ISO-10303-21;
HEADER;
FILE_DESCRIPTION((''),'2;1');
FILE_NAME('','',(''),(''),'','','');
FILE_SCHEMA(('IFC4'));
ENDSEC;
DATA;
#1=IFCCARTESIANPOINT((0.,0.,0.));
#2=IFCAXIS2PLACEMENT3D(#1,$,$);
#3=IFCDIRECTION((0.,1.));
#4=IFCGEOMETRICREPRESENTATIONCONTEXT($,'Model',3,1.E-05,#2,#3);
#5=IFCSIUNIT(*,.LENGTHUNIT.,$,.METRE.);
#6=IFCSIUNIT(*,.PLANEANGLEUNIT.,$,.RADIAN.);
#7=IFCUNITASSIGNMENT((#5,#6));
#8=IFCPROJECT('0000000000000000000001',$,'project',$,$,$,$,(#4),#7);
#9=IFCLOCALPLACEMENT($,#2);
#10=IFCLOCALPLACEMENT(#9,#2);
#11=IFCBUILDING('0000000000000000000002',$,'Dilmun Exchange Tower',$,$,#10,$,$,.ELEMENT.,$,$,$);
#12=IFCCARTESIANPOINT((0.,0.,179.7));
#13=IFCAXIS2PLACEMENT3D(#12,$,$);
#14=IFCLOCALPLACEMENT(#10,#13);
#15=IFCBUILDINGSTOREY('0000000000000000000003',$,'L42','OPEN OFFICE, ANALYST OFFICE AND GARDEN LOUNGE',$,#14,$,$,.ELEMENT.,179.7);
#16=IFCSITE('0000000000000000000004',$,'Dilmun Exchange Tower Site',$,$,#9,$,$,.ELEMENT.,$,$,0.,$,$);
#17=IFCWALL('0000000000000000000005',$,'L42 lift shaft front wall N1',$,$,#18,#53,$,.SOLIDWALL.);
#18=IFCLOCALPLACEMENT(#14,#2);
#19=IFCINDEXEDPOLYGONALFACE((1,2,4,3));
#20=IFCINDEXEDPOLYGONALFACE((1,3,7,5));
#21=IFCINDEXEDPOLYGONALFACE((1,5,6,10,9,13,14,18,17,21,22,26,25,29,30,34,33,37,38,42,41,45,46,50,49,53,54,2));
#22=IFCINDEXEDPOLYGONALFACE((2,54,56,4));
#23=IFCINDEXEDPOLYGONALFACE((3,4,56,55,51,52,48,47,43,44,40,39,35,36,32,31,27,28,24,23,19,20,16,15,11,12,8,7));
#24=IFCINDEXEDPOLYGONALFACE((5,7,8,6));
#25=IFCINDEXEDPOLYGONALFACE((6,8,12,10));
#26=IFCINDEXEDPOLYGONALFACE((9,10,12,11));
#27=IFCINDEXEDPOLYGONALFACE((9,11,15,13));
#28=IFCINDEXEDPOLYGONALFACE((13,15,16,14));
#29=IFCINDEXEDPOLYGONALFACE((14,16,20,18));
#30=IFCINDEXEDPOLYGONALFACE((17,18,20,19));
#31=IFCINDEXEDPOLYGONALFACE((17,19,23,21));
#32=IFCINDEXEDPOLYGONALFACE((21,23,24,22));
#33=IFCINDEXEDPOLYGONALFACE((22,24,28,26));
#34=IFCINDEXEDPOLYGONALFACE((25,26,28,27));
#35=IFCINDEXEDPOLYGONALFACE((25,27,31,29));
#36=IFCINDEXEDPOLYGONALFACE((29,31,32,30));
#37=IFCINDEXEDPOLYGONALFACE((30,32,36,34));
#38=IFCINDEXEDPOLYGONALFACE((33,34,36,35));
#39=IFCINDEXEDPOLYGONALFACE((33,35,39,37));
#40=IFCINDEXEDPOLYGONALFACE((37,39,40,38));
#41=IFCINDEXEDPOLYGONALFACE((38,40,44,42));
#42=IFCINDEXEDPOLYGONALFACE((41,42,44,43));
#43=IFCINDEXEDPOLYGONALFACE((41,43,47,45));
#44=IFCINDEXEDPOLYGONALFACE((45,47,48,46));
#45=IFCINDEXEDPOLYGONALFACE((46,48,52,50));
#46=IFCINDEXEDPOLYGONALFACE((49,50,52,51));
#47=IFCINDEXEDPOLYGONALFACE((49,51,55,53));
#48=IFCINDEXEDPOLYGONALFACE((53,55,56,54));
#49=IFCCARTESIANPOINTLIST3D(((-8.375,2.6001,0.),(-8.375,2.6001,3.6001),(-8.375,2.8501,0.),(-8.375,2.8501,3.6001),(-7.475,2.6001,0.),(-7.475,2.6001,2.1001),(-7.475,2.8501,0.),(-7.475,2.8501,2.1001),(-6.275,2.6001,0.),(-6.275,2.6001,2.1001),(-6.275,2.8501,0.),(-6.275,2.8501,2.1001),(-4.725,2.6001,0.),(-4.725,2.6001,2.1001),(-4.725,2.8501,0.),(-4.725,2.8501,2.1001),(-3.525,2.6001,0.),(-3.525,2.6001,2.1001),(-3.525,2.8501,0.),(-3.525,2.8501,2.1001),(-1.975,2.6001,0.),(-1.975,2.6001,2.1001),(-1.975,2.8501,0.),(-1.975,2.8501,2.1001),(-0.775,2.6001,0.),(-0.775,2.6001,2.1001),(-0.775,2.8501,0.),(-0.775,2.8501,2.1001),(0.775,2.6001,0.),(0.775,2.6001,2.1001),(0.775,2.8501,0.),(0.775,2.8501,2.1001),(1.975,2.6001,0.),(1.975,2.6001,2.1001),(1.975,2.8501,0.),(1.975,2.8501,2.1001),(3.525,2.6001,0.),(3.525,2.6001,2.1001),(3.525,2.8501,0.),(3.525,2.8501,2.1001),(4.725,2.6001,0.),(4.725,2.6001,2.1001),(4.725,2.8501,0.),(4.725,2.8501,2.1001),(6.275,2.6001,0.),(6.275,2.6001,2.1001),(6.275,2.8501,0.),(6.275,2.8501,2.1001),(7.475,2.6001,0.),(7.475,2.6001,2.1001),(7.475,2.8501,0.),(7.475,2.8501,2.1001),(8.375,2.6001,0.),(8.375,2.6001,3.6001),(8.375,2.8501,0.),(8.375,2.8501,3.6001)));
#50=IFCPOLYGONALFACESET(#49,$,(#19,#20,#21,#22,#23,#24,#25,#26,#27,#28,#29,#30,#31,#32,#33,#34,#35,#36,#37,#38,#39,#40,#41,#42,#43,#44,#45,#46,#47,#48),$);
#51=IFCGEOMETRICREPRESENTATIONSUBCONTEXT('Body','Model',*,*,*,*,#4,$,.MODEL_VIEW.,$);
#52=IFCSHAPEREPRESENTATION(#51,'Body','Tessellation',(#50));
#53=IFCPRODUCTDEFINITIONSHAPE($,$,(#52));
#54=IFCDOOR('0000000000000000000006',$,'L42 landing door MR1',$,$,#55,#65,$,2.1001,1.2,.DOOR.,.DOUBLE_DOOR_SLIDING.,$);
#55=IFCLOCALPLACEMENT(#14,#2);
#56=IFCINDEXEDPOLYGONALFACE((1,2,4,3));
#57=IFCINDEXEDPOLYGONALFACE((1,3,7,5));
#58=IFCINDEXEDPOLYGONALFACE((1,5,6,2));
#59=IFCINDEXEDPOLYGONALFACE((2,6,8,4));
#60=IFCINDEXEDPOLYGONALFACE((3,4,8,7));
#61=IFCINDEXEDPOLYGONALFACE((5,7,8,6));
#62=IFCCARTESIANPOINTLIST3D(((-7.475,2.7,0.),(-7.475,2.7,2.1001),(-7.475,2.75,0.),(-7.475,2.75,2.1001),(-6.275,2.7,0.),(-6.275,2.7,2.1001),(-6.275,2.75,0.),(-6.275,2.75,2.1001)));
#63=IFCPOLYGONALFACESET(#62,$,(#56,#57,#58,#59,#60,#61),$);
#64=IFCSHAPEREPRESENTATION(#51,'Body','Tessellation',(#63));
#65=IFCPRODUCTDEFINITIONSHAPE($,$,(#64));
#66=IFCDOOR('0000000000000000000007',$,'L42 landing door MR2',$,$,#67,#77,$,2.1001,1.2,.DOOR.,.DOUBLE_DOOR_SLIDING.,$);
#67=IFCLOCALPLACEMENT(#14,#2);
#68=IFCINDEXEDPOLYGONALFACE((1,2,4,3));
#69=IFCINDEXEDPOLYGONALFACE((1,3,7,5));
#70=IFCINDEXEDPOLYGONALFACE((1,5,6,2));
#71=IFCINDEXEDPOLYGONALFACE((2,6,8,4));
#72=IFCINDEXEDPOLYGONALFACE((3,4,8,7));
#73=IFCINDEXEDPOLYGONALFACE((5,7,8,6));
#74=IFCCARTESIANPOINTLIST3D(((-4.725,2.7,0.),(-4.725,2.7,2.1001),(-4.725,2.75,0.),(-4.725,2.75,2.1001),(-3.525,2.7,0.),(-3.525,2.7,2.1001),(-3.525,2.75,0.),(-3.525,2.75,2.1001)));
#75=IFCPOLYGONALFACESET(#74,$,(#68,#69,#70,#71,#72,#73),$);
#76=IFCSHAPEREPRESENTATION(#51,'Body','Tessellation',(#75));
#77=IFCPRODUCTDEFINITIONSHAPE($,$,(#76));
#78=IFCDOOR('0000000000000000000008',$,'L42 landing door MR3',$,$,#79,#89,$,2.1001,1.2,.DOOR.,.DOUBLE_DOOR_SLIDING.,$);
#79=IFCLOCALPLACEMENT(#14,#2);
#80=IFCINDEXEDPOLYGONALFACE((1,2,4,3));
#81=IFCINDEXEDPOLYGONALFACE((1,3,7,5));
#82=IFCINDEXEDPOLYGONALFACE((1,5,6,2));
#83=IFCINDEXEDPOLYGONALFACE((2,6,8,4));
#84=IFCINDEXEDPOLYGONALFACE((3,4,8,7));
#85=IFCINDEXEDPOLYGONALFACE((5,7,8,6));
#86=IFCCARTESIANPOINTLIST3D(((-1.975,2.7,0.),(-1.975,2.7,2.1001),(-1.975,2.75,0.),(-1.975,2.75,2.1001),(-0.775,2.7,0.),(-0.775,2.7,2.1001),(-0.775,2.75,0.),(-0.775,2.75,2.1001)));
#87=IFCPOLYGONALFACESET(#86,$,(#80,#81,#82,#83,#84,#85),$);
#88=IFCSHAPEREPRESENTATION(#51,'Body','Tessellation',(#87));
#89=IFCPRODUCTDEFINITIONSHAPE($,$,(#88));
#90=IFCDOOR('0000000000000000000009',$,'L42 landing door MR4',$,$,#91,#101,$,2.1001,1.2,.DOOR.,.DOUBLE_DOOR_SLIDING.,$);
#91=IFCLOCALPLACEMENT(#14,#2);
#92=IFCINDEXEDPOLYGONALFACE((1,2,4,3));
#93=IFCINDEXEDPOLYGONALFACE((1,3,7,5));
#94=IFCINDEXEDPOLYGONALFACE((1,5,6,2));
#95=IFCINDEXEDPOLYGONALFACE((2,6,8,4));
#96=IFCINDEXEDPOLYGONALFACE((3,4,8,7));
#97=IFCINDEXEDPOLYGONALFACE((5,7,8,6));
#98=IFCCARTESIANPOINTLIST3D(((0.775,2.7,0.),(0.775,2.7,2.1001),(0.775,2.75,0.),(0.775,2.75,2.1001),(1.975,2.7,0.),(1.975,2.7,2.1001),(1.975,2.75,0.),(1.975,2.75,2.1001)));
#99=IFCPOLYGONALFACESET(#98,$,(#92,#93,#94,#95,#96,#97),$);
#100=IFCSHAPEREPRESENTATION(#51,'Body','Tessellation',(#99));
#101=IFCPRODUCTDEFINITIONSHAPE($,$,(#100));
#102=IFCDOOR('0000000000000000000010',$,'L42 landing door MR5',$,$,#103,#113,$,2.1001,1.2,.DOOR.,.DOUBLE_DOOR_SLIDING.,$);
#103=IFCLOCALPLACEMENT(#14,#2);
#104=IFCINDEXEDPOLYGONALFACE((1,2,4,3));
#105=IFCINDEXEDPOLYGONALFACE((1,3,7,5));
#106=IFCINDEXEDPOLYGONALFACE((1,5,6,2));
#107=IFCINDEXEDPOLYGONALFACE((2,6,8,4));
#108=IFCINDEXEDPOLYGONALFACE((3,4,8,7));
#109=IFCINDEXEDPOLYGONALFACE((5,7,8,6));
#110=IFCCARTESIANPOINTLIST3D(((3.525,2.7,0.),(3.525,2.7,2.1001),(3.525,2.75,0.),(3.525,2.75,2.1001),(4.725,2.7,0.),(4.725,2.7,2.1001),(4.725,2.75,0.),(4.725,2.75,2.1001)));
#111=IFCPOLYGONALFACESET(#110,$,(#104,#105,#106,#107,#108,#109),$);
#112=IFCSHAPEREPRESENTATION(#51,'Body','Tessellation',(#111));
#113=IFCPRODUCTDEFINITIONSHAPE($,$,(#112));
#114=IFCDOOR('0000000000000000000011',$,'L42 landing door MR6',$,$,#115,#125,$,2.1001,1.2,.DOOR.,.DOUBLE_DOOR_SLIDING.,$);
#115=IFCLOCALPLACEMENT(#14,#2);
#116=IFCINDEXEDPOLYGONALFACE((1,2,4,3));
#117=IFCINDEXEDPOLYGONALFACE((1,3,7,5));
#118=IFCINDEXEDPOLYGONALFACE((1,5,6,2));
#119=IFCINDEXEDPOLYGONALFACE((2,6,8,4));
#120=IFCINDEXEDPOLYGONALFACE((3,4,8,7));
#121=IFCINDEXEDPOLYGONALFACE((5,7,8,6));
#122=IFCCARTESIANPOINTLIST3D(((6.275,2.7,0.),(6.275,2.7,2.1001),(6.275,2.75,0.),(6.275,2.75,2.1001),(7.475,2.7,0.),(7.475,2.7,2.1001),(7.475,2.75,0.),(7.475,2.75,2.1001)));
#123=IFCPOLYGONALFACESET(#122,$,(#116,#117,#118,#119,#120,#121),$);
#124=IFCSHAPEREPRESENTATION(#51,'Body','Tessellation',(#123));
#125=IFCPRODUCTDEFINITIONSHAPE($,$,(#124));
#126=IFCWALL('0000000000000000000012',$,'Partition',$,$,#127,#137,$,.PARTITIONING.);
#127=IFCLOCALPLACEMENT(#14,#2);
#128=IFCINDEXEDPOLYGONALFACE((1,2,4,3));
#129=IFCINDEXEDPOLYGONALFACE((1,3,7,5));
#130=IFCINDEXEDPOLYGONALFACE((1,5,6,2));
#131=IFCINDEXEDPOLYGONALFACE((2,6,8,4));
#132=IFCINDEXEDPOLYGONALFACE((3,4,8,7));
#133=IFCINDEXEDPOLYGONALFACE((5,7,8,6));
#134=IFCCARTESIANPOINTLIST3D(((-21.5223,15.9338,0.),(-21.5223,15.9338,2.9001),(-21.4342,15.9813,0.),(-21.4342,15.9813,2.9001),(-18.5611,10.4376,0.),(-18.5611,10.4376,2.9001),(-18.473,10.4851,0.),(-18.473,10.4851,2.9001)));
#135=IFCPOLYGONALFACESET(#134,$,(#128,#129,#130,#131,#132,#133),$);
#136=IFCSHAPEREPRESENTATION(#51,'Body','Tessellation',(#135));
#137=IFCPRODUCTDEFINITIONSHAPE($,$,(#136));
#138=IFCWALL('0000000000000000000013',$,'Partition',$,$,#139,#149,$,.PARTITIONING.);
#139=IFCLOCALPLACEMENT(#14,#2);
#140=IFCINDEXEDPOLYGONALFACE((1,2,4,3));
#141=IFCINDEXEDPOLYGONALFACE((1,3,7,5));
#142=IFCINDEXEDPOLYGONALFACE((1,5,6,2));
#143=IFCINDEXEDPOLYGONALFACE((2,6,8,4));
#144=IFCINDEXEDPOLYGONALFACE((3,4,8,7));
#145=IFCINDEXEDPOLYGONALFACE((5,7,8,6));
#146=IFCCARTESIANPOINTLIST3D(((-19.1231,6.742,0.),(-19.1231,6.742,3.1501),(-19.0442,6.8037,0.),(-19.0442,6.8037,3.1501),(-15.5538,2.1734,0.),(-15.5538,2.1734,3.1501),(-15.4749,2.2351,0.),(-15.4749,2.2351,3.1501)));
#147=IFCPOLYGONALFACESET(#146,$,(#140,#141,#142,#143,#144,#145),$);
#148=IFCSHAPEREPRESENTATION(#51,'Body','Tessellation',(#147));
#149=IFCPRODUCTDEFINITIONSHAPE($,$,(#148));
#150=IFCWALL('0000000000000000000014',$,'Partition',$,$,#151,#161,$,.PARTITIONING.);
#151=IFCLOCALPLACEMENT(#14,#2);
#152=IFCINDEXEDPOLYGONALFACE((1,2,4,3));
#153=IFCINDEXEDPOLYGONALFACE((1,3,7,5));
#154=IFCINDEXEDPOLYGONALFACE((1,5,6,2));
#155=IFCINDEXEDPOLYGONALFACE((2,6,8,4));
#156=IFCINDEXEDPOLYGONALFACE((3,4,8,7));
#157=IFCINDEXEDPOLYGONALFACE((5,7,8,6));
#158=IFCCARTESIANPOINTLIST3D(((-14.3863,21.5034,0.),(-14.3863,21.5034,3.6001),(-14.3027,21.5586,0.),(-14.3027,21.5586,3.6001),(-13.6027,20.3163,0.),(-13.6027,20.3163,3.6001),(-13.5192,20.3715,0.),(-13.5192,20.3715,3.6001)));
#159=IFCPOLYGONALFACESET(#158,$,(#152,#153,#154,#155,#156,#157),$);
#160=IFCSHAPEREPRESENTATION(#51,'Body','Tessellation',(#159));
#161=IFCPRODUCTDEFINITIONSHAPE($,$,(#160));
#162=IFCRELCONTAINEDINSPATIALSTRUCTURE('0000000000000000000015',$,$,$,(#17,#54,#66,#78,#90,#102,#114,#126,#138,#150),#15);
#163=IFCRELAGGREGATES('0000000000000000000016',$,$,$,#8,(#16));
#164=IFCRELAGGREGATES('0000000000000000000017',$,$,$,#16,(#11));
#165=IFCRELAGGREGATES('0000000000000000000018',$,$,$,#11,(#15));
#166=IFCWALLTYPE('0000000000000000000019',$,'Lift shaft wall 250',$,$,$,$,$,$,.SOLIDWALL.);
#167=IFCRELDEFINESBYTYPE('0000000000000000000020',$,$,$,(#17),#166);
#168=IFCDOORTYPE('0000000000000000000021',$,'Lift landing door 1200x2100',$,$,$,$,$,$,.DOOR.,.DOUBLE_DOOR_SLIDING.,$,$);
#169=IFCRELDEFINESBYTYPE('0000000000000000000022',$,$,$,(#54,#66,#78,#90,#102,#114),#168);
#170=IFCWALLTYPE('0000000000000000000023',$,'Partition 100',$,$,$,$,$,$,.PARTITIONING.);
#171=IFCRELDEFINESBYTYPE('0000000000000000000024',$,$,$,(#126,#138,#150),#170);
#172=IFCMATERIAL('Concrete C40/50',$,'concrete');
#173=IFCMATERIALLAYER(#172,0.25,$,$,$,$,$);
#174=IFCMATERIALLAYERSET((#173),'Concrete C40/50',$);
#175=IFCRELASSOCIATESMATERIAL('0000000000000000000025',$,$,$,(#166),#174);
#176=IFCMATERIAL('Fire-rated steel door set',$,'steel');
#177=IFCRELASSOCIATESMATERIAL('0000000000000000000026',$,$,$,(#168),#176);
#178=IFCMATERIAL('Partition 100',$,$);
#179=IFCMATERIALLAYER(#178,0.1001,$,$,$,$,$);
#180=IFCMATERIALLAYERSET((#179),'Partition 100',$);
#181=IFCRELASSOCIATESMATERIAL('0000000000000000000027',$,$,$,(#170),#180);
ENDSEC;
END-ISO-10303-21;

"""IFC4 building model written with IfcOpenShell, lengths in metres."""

from ifc_helpers import new_model, si_unit, direction, frame, frame_2d, origin, place, context, subcontext, project, spatial, rectangle, extrude, material, layer, layer_set, type_object, element, fill, save


model = new_model("IFC4")

# Units and contexts
model_context = context("Model", 3, precision=1e-05, world=origin(), true_north=direction((0.0, 1.0)))
body_context = subcontext(model_context, "Body", "Model", "MODEL_VIEW")
ifc_project = project(units=[si_unit("LENGTHUNIT", "METRE"), si_unit("PLANEANGLEUNIT", "RADIAN")], contexts=[model_context])

# Site, building, storey
site_placement = place(None, origin())
site = spatial("IfcSite", under=ifc_project, at=site_placement, Name="Dilmun Exchange Tower Site", CompositionType="ELEMENT", RefElevation=0.0)
building_placement = place(site_placement, origin())
building = spatial("IfcBuilding", under=site, at=building_placement, Name="Dilmun Exchange Tower", CompositionType="ELEMENT")
storey_placement = place(building_placement, frame((0.0, 0.0, 179.7)))
storey = spatial("IfcBuildingStorey", under=building, at=storey_placement, Name="L42", Description="OPEN OFFICE, ANALYST OFFICE AND GARDEN LOUNGE", CompositionType="ELEMENT", Elevation=179.7)

# Shared definitions
ifc_material_1 = material(Name="Concrete C40/50", Category="concrete")

# Shared definitions
ifc_material_2 = material(Name="Fire-rated steel door set", Category="steel")

# Wall, openings, doors
ifc_layer_1 = layer(ifc_material_1, 0.25)
ifc_layer_set_1 = layer_set([ifc_layer_1], Name="Concrete C40/50")
wall_type_1 = type_object("IfcWallType", Name="Lift shaft wall 250", PredefinedType="SOLIDWALL", material=ifc_layer_set_1)
wall_1_placement = place(storey_placement, frame((-8.375, 2.7251, 0.0), z_axis=(0.0, 0.0, 1.0), x_axis=(1.0, 0.0, 0.0)))
wall_1 = element("IfcWall", 1, at=wall_1_placement, inside=storey, type_object=wall_type_1, Name="L42 lift shaft front wall N1", PredefinedType="SOLIDWALL", context=body_context, shape_type="SweptSolid", body=[
    extrude(rectangle(XDim=16.75, YDim=0.25, at=frame_2d((8.375, 0.0))), origin(), (0.0, 0.0, 1.0), 3.6001),
])
opening_1_placement = place(wall_1_placement, frame((0.8999, 0.0, 0.0)))
opening_1 = element("IfcOpeningElement", 2, at=opening_1_placement, cuts=wall_1, PredefinedType="OPENING", context=body_context, shape_type="SweptSolid", body=[
    extrude(rectangle(XDim=1.2, YDim=2.1001, at=frame_2d((0.6001, 1.05))), frame((0.0, 0.135, 0.0), z_axis=(0.0, -1.0, 0.0), x_axis=(1.0, 0.0, 0.0)), (0.0, 0.0, 1.0), 0.27),
])
opening_2_placement = place(wall_1_placement, frame((3.6499, 0.0, 0.0)))
opening_2 = element("IfcOpeningElement", 3, at=opening_2_placement, cuts=wall_1, PredefinedType="OPENING", context=body_context, shape_type="SweptSolid", body=[
    extrude(rectangle(XDim=1.2, YDim=2.1001, at=frame_2d((0.6001, 1.05))), frame((0.0, 0.135, 0.0), z_axis=(0.0, -1.0, 0.0), x_axis=(1.0, 0.0, 0.0)), (0.0, 0.0, 1.0), 0.27),
])
opening_3_placement = place(wall_1_placement, frame((6.3999, 0.0, 0.0)))
opening_3 = element("IfcOpeningElement", 4, at=opening_3_placement, cuts=wall_1, PredefinedType="OPENING", context=body_context, shape_type="SweptSolid", body=[
    extrude(rectangle(XDim=1.2, YDim=2.1001, at=frame_2d((0.6001, 1.05))), frame((0.0, 0.135, 0.0), z_axis=(0.0, -1.0, 0.0), x_axis=(1.0, 0.0, 0.0)), (0.0, 0.0, 1.0), 0.27),
])
opening_4_placement = place(wall_1_placement, frame((9.1499, 0.0, 0.0)))
opening_4 = element("IfcOpeningElement", 5, at=opening_4_placement, cuts=wall_1, PredefinedType="OPENING", context=body_context, shape_type="SweptSolid", body=[
    extrude(rectangle(XDim=1.2, YDim=2.1001, at=frame_2d((0.6001, 1.05))), frame((0.0, 0.135, 0.0), z_axis=(0.0, -1.0, 0.0), x_axis=(1.0, 0.0, 0.0)), (0.0, 0.0, 1.0), 0.27),
])
opening_5_placement = place(wall_1_placement, frame((11.8999, 0.0, 0.0)))
opening_5 = element("IfcOpeningElement", 6, at=opening_5_placement, cuts=wall_1, PredefinedType="OPENING", context=body_context, shape_type="SweptSolid", body=[
    extrude(rectangle(XDim=1.2, YDim=2.1001, at=frame_2d((0.6001, 1.05))), frame((0.0, 0.135, 0.0), z_axis=(0.0, -1.0, 0.0), x_axis=(1.0, 0.0, 0.0)), (0.0, 0.0, 1.0), 0.27),
])
opening_6_placement = place(wall_1_placement, frame((14.6499, 0.0, 0.0)))
opening_6 = element("IfcOpeningElement", 7, at=opening_6_placement, cuts=wall_1, PredefinedType="OPENING", context=body_context, shape_type="SweptSolid", body=[
    extrude(rectangle(XDim=1.2, YDim=2.1001, at=frame_2d((0.6001, 1.05))), frame((0.0, 0.135, 0.0), z_axis=(0.0, -1.0, 0.0), x_axis=(1.0, 0.0, 0.0)), (0.0, 0.0, 1.0), 0.27),
])
door_type_1 = type_object("IfcDoorType", Name="Lift landing door 1200x2100", OperationType="DOUBLE_DOOR_SLIDING", PredefinedType="DOOR", material=ifc_material_2)
door_1_placement = place(opening_1_placement, origin())
door_1 = element("IfcDoor", 8, at=door_1_placement, inside=storey, type_object=door_type_1, Name="L42 landing door MR1", OperationType="DOUBLE_DOOR_SLIDING", OverallHeight=2.1001, OverallWidth=1.2, PredefinedType="DOOR", context=body_context, shape_type="SweptSolid", body=[
    extrude(rectangle(XDim=1.2, YDim=2.1001, at=frame_2d((0.6001, 1.05))), frame((0.0, 0.0249, 0.0), z_axis=(0.0, -1.0, 0.0), x_axis=(1.0, 0.0, 0.0)), (0.0, 0.0, 1.0), 0.05),
])
fill(opening_1, door_1)
door_2_placement = place(opening_2_placement, origin())
door_2 = element("IfcDoor", 9, at=door_2_placement, inside=storey, type_object=door_type_1, Name="L42 landing door MR2", OperationType="DOUBLE_DOOR_SLIDING", OverallHeight=2.1001, OverallWidth=1.2, PredefinedType="DOOR", context=body_context, shape_type="SweptSolid", body=[
    extrude(rectangle(XDim=1.2, YDim=2.1001, at=frame_2d((0.6001, 1.05))), frame((0.0, 0.0249, 0.0), z_axis=(0.0, -1.0, 0.0), x_axis=(1.0, 0.0, 0.0)), (0.0, 0.0, 1.0), 0.05),
])
fill(opening_2, door_2)
door_3_placement = place(opening_3_placement, origin())
door_3 = element("IfcDoor", 10, at=door_3_placement, inside=storey, type_object=door_type_1, Name="L42 landing door MR3", OperationType="DOUBLE_DOOR_SLIDING", OverallHeight=2.1001, OverallWidth=1.2, PredefinedType="DOOR", context=body_context, shape_type="SweptSolid", body=[
    extrude(rectangle(XDim=1.2, YDim=2.1001, at=frame_2d((0.6001, 1.05))), frame((0.0, 0.0249, 0.0), z_axis=(0.0, -1.0, 0.0), x_axis=(1.0, 0.0, 0.0)), (0.0, 0.0, 1.0), 0.05),
])
fill(opening_3, door_3)
door_4_placement = place(opening_4_placement, origin())
door_4 = element("IfcDoor", 11, at=door_4_placement, inside=storey, type_object=door_type_1, Name="L42 landing door MR4", OperationType="DOUBLE_DOOR_SLIDING", OverallHeight=2.1001, OverallWidth=1.2, PredefinedType="DOOR", context=body_context, shape_type="SweptSolid", body=[
    extrude(rectangle(XDim=1.2, YDim=2.1001, at=frame_2d((0.6001, 1.05))), frame((0.0, 0.0249, 0.0), z_axis=(0.0, -1.0, 0.0), x_axis=(1.0, 0.0, 0.0)), (0.0, 0.0, 1.0), 0.05),
])
fill(opening_4, door_4)
door_5_placement = place(opening_5_placement, origin())
door_5 = element("IfcDoor", 12, at=door_5_placement, inside=storey, type_object=door_type_1, Name="L42 landing door MR5", OperationType="DOUBLE_DOOR_SLIDING", OverallHeight=2.1001, OverallWidth=1.2, PredefinedType="DOOR", context=body_context, shape_type="SweptSolid", body=[
    extrude(rectangle(XDim=1.2, YDim=2.1001, at=frame_2d((0.6001, 1.05))), frame((0.0, 0.0249, 0.0), z_axis=(0.0, -1.0, 0.0), x_axis=(1.0, 0.0, 0.0)), (0.0, 0.0, 1.0), 0.05),
])
fill(opening_5, door_5)
door_6_placement = place(opening_6_placement, origin())
door_6 = element("IfcDoor", 13, at=door_6_placement, inside=storey, type_object=door_type_1, Name="L42 landing door MR6", OperationType="DOUBLE_DOOR_SLIDING", OverallHeight=2.1001, OverallWidth=1.2, PredefinedType="DOOR", context=body_context, shape_type="SweptSolid", body=[
    extrude(rectangle(XDim=1.2, YDim=2.1001, at=frame_2d((0.6001, 1.05))), frame((0.0, 0.0249, 0.0), z_axis=(0.0, -1.0, 0.0), x_axis=(1.0, 0.0, 0.0)), (0.0, 0.0, 1.0), 0.05),
])
fill(opening_6, door_6)

# Walls
ifc_material_3 = material(Name="Partition 100")
ifc_layer_2 = layer(ifc_material_3, 0.1001)
ifc_layer_set_2 = layer_set([ifc_layer_2], Name="Partition 100")
wall_type_2 = type_object("IfcWallType", Name="Partition 100", PredefinedType="PARTITIONING", material=ifc_layer_set_2)
wall_2_placement = place(storey_placement, frame((-21.4783, 15.9575, 0.0), z_axis=(0.0, 0.0, 1.0), x_axis=(0.474317, -0.880354, 0.0)))
element("IfcWall", 14, at=wall_2_placement, inside=storey, type_object=wall_type_2, Name="Partition", PredefinedType="PARTITIONING", context=body_context, shape_type="SweptSolid", body=[
    extrude(rectangle(XDim=6.2432, YDim=0.1001, at=frame_2d((3.1216, 0.0))), origin(), (0.0, 0.0, 1.0), 2.9001),
])
wall_3_placement = place(storey_placement, frame((-19.0837, 6.7729, 0.0), z_axis=(0.0, 0.0, 1.0), x_axis=(0.615656, -0.788015, 0.0)))
element("IfcWall", 15, at=wall_3_placement, inside=storey, type_object=wall_type_2, Name="Partition", PredefinedType="PARTITIONING", context=body_context, shape_type="SweptSolid", body=[
    extrude(rectangle(XDim=5.7976, YDim=0.1001, at=frame_2d((2.8989, 0.0))), origin(), (0.0, 0.0, 1.0), 3.1501),
])
wall_4_placement = place(storey_placement, frame((-14.3445, 21.531, 0.0), z_axis=(0.0, 0.0, 1.0), x_axis=(0.550852, -0.834603, 0.0)))
element("IfcWall", 16, at=wall_4_placement, inside=storey, type_object=wall_type_2, Name="Partition", PredefinedType="PARTITIONING", context=body_context, shape_type="SweptSolid", body=[
    extrude(rectangle(XDim=1.4224, YDim=0.1001, at=frame_2d((0.7112, 0.0))), origin(), (0.0, 0.0, 1.0), 3.6001),
])

save(model, "model.ifc")
